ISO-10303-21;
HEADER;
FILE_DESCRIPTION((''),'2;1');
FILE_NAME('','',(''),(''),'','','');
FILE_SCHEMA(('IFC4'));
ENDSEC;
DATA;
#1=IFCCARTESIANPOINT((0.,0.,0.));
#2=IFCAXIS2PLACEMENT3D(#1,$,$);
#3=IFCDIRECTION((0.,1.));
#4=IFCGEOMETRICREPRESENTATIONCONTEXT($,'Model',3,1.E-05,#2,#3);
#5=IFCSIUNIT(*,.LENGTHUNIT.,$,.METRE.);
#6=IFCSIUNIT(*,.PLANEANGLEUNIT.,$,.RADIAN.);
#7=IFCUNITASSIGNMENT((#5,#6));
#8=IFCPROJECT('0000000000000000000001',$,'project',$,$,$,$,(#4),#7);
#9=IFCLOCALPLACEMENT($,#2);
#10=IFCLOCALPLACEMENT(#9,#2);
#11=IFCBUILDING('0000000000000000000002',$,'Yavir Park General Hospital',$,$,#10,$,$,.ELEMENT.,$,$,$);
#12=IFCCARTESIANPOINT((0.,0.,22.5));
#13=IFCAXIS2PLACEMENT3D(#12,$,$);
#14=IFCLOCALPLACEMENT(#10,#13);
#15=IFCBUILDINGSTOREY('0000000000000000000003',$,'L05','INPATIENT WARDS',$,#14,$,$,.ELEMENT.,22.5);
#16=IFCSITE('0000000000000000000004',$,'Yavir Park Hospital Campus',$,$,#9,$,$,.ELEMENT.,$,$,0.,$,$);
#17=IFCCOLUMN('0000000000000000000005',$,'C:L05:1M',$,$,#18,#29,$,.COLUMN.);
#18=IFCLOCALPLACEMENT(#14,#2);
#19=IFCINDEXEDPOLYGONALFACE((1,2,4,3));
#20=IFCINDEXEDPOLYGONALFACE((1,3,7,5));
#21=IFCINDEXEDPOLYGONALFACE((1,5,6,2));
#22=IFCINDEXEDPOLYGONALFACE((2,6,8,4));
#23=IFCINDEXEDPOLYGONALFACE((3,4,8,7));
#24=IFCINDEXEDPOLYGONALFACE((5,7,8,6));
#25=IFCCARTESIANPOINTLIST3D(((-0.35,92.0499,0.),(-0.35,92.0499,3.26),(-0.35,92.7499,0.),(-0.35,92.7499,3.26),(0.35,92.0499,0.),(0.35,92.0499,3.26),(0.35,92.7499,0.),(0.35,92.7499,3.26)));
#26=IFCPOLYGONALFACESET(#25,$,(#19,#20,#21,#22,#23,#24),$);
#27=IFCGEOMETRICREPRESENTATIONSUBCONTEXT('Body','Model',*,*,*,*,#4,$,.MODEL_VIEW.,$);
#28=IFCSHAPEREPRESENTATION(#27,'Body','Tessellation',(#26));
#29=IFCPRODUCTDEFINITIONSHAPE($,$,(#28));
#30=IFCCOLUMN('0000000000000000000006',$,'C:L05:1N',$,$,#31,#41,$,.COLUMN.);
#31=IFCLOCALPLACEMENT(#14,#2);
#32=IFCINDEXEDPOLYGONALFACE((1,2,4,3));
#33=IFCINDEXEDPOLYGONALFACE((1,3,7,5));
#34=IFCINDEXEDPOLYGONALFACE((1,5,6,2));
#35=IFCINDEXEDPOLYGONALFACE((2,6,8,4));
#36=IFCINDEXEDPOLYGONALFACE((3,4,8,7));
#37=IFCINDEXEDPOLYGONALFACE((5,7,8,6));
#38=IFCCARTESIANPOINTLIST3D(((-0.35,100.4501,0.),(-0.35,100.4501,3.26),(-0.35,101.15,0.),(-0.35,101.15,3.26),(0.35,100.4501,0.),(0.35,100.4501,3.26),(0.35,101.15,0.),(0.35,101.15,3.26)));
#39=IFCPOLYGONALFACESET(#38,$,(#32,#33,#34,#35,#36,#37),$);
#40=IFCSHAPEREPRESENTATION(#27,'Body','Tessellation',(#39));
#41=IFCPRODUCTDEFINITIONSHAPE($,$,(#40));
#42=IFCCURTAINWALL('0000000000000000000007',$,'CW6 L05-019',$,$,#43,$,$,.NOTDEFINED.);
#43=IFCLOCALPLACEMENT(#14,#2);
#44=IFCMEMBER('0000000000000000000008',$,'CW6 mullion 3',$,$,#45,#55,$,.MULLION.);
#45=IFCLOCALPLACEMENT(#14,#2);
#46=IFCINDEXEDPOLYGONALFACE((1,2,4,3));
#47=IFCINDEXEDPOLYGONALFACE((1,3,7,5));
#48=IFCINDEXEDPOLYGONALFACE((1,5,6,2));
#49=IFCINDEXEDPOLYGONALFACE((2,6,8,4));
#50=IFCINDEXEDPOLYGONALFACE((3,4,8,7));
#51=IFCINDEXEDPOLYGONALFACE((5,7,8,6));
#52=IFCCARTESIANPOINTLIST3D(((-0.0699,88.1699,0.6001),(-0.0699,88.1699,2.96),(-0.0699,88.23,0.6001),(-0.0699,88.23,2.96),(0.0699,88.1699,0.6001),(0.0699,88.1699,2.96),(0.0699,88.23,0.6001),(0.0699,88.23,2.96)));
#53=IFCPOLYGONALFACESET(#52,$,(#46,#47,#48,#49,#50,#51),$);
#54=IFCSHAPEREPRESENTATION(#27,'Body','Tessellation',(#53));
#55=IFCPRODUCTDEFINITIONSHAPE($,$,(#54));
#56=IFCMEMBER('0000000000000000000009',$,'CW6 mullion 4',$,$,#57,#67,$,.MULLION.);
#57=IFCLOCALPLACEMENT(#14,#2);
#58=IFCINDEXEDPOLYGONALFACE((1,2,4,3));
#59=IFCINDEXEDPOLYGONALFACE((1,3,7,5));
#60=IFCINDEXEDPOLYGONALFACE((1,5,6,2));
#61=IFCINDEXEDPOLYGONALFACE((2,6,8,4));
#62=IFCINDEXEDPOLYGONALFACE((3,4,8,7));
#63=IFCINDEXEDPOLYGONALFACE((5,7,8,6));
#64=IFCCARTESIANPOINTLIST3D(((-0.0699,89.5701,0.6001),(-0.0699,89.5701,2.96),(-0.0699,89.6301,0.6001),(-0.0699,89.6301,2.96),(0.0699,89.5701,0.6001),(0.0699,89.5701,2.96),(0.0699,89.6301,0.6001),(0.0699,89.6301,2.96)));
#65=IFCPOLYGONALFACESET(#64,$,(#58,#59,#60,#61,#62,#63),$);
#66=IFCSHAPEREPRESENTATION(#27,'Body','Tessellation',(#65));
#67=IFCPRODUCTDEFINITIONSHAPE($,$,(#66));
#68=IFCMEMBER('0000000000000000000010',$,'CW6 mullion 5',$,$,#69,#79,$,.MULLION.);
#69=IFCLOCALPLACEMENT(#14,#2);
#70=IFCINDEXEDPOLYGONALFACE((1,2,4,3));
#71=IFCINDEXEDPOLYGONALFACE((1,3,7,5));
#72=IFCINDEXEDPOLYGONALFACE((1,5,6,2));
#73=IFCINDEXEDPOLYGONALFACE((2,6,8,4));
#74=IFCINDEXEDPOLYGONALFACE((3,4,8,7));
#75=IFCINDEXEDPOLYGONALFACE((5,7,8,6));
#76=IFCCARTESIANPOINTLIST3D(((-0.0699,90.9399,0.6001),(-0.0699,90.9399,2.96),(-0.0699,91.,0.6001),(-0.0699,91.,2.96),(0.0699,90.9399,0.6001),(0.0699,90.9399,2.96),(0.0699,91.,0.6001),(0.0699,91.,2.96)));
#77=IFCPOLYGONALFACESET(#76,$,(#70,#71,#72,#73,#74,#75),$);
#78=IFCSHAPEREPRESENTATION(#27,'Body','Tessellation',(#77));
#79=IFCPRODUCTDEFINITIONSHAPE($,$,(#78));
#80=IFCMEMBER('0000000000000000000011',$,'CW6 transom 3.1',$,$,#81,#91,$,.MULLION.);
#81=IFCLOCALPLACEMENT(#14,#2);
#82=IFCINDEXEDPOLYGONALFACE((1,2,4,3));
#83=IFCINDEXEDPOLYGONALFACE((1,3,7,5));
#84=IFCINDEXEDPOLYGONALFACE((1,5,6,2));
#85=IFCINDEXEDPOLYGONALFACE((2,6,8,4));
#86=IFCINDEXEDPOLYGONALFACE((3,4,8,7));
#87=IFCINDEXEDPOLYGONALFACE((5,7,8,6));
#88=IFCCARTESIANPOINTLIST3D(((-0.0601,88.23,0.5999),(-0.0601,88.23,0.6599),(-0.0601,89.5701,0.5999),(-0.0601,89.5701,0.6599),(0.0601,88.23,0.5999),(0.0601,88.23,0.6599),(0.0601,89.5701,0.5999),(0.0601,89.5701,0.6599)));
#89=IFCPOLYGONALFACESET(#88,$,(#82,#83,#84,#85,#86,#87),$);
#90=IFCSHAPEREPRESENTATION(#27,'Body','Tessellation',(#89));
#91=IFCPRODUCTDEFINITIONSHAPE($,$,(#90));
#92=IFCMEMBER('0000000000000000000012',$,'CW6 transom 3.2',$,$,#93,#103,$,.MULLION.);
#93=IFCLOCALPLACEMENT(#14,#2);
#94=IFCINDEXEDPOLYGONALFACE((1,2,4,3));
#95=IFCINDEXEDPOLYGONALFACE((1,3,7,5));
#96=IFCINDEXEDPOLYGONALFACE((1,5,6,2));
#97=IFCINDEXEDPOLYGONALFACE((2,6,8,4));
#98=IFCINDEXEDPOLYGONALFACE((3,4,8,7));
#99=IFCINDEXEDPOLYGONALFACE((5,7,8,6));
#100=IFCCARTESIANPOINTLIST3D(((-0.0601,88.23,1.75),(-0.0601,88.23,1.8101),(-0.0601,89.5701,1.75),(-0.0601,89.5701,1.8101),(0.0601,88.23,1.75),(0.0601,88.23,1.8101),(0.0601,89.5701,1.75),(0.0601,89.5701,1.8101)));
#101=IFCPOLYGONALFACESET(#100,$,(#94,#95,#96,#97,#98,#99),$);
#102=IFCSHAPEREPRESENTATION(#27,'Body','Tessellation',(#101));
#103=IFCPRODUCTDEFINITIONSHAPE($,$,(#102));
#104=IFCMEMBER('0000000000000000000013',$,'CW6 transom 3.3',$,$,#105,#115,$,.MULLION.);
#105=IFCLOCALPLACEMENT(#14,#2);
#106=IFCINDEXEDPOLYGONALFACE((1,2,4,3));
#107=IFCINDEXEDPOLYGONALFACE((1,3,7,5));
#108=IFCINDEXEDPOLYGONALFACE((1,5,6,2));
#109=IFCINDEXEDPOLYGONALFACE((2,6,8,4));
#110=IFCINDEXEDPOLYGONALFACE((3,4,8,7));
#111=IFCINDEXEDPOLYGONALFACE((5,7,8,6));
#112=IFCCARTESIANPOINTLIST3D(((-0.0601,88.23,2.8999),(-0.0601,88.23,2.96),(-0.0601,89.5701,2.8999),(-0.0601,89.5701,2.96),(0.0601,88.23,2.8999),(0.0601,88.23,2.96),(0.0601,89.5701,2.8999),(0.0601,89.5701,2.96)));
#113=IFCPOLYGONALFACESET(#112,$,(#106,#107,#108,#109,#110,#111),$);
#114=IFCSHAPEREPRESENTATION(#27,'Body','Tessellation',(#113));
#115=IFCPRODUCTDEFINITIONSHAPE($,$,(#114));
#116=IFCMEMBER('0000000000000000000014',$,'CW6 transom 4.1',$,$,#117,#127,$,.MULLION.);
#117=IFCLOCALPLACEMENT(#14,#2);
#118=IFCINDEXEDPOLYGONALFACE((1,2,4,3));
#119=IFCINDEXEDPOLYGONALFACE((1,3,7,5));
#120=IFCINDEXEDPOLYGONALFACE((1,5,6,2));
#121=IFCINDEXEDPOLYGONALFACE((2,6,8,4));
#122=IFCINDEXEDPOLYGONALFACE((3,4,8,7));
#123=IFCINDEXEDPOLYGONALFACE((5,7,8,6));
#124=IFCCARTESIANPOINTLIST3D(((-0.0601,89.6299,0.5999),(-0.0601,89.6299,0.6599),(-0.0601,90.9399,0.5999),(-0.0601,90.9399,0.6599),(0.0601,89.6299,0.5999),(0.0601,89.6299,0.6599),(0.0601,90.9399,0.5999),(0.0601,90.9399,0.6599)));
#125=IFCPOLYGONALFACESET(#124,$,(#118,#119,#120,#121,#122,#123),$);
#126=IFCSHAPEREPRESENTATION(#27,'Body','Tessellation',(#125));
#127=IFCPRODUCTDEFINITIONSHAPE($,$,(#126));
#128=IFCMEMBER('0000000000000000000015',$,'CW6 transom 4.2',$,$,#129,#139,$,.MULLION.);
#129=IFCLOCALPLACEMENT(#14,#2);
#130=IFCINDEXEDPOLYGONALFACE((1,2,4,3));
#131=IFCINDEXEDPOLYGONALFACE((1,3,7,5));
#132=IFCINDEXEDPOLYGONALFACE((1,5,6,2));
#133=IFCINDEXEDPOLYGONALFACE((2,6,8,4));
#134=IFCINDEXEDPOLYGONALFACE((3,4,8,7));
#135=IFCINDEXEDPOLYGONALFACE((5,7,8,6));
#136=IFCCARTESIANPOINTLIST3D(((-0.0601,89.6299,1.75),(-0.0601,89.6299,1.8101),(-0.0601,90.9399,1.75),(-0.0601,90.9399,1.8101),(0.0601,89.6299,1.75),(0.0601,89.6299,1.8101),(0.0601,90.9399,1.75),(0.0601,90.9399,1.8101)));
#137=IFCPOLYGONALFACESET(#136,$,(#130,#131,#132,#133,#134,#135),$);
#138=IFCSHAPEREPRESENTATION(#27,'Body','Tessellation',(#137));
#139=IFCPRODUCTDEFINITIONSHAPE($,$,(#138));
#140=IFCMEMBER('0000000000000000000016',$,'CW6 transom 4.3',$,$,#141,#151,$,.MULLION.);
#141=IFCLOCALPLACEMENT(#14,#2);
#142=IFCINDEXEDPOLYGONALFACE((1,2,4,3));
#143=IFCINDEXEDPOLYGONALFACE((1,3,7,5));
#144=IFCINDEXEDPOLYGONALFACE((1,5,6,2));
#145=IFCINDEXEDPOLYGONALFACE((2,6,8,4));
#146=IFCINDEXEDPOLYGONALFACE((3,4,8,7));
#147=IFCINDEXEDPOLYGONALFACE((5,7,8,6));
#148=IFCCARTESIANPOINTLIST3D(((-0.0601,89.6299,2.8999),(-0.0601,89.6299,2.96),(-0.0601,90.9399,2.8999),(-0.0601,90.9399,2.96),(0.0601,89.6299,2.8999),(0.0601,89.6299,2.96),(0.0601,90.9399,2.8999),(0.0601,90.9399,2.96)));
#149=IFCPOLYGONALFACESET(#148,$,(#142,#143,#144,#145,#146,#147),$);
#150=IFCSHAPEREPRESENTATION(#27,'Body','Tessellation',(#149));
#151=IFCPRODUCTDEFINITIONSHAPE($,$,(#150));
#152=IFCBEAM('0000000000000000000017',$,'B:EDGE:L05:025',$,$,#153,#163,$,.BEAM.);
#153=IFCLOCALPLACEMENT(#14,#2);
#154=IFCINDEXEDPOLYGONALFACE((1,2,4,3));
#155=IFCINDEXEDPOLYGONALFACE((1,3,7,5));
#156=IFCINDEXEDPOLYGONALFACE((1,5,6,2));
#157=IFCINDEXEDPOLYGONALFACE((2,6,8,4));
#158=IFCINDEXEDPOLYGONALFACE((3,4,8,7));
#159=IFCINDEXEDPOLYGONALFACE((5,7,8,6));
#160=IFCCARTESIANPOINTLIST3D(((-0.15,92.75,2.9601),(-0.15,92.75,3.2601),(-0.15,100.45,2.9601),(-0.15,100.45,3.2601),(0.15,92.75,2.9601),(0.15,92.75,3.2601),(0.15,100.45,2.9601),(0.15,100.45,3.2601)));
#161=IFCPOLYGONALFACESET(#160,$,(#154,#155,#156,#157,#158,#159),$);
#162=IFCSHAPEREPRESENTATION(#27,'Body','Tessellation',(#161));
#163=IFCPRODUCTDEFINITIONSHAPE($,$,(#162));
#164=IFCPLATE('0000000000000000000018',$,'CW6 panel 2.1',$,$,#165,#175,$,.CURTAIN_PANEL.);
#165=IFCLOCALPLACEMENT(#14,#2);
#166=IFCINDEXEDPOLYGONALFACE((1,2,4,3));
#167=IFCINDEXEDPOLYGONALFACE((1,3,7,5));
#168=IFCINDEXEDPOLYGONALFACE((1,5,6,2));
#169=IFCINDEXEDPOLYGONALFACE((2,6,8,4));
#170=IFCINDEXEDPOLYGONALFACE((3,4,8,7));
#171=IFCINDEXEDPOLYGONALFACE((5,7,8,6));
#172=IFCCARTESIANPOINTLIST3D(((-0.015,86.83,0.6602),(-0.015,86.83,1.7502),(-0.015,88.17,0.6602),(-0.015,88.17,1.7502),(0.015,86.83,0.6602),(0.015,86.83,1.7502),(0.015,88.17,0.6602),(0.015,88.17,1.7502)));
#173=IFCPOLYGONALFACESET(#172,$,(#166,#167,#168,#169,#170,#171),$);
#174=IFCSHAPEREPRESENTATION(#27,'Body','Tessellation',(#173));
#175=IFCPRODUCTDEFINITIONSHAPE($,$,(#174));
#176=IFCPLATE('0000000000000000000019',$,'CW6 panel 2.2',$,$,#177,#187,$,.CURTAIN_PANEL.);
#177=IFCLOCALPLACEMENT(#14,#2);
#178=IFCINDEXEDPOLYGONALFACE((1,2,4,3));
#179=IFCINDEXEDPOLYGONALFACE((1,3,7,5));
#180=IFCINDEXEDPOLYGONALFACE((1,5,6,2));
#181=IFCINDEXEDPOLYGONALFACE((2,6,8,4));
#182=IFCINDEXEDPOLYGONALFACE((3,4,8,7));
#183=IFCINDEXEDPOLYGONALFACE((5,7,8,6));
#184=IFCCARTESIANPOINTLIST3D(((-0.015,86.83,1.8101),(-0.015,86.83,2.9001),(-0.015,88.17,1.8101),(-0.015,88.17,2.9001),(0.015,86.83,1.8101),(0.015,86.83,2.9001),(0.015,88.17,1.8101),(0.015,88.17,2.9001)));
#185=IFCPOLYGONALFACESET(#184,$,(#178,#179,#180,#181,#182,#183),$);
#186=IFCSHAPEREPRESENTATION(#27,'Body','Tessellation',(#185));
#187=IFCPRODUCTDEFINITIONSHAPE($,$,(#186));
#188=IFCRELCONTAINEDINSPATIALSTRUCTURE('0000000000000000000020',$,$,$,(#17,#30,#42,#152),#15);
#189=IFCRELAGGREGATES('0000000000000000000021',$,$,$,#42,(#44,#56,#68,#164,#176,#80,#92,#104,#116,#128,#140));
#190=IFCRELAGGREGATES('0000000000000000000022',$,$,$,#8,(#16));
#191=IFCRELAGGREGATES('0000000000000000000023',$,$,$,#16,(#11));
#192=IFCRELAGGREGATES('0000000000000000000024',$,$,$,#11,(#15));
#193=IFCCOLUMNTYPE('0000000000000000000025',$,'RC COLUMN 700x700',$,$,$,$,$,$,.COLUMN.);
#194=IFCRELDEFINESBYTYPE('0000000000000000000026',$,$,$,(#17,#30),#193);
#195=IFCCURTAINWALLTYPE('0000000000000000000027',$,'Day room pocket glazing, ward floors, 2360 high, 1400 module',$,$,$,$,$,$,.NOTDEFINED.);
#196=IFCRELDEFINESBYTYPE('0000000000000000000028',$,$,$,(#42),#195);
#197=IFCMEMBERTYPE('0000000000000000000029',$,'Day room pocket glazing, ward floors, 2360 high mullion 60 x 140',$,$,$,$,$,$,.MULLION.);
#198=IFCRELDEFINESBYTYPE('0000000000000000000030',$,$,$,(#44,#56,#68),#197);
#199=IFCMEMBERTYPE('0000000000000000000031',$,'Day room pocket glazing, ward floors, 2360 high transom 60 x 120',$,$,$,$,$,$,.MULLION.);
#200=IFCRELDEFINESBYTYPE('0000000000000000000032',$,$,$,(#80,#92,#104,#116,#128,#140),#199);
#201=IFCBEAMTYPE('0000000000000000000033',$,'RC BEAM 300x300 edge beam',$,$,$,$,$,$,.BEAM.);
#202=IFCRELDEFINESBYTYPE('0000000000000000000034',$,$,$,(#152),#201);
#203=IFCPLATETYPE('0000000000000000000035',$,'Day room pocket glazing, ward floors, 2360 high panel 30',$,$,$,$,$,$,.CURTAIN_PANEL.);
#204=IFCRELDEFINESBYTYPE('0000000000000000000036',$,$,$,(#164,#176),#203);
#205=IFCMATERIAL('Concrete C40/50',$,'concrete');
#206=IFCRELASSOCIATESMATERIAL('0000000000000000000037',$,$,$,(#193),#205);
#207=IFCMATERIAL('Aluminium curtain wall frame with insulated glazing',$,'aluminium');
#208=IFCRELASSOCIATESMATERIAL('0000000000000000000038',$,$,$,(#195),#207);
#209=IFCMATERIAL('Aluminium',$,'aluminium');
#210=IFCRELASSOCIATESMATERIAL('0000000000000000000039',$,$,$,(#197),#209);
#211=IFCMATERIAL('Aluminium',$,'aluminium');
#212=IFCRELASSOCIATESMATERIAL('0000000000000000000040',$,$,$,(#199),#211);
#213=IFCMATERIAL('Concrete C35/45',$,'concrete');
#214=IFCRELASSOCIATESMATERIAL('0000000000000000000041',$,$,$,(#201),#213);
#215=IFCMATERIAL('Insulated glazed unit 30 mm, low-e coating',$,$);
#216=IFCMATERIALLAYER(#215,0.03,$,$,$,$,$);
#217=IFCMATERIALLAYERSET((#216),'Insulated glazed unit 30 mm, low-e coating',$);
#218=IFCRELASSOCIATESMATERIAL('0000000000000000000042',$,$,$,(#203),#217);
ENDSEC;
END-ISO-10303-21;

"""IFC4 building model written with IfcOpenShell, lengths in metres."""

from ifc_helpers import new_model, si_unit, direction, frame, origin, origin_2d, place, context, subcontext, project, spatial, rectangle, extrude, material, layer, layer_set, material_profile, profile_set, type_object, element, aggregate, save


model = new_model("IFC4")

# Units and contexts
model_context = context("Model", 3, precision=1e-05, world=origin(), true_north=direction((0.0, 1.0)))
body_context = subcontext(model_context, "Body", "Model", "MODEL_VIEW")
ifc_project = project(units=[si_unit("LENGTHUNIT", "METRE"), si_unit("PLANEANGLEUNIT", "RADIAN")], contexts=[model_context])

# Site, building, storey
site_placement = place(None, origin())
site = spatial("IfcSite", under=ifc_project, at=site_placement, Name="Yavir Park Hospital Campus", CompositionType="ELEMENT", RefElevation=0.0)
building_placement = place(site_placement, origin())
building = spatial("IfcBuilding", under=site, at=building_placement, Name="Yavir Park General Hospital", CompositionType="ELEMENT")
storey_placement = place(building_placement, frame((0.0, 0.0, 22.5)))
storey = spatial("IfcBuildingStorey", under=building, at=storey_placement, Name="L05", Description="INPATIENT WARDS", CompositionType="ELEMENT", Elevation=22.5)

# Columns
ifc_material_1 = material(Name="Concrete C40/50", Category="concrete")
ifc_material_profile_1 = material_profile(ifc_material_1, rectangle(XDim=0.7, YDim=0.7, at=origin_2d()), Name="RC700x700")
ifc_profile_set_1 = profile_set([ifc_material_profile_1], Name="Concrete C40/50")
column_type = type_object("IfcColumnType", Name="RC COLUMN 700x700", PredefinedType="COLUMN", material=ifc_profile_set_1)
for number, where, z_axis, x_axis, name in (
    (1, (0.0, 92.3999, 0.0), (0.0, 0.0, 1.0), (1.0, 0.0, 0.0), "C:L05:1M"),
    (2, (0.0, 100.8, 0.0), (0.0, 0.0, 1.0), (1.0, 0.0, 0.0), "C:L05:1N"),
):
    element("IfcColumn", number, at=place(storey_placement, frame(where, z_axis=z_axis, x_axis=x_axis)), inside=storey, type_object=column_type, Name=name, PredefinedType="COLUMN", context=body_context, shape_type="SweptSolid", body=[
        extrude(rectangle(XDim=0.7, YDim=0.7, at=origin_2d()), origin(), (0.0, 0.0, 1.0), 3.26),
    ])

# Curtain wall, members
ifc_material_2 = material(Name="Aluminium curtain wall frame with insulated glazing", Category="aluminium")
curtain_wall_type = type_object("IfcCurtainWallType", Name="Day room pocket glazing, ward floors, 2360 high, 1400 module", PredefinedType="NOTDEFINED", material=ifc_material_2)
curtain_wall_placement = place(storey_placement, origin())
curtain_wall = element("IfcCurtainWall", 3, at=curtain_wall_placement, inside=storey, type_object=curtain_wall_type, Name="CW6 L05-019", PredefinedType="NOTDEFINED")
ifc_material_3 = material(Name="Aluminium", Category="aluminium")
ifc_material_profile_2 = material_profile(ifc_material_3, rectangle(XDim=0.1399, YDim=0.0601, at=origin_2d()), Name="AL 60x140")
ifc_profile_set_2 = profile_set([ifc_material_profile_2], Name="Aluminium")
member_type_1 = type_object("IfcMemberType", Name="Day room pocket glazing, ward floors, 2360 high mullion 60 x 140", PredefinedType="MULLION", material=ifc_profile_set_2)
member_1_placement = place(storey_placement, frame((0.0, 88.2, 0.6001), z_axis=(0.0, 0.0, 1.0), x_axis=(-1.0, 0.0, 0.0)))
member_1 = element("IfcMember", 4, at=member_1_placement, type_object=member_type_1, Name="CW6 mullion 3", PredefinedType="MULLION", context=body_context, shape_type="SweptSolid", body=[
    extrude(rectangle(XDim=0.1399, YDim=0.0601, at=origin_2d()), origin(), (0.0, 0.0, 1.0), 2.3599),
])
member_2_placement = place(storey_placement, frame((0.0, 89.6001, 0.6001), z_axis=(0.0, 0.0, 1.0), x_axis=(-1.0, 0.0, 0.0)))
member_2 = element("IfcMember", 5, at=member_2_placement, type_object=member_type_1, Name="CW6 mullion 4", PredefinedType="MULLION", context=body_context, shape_type="SweptSolid", body=[
    extrude(rectangle(XDim=0.1399, YDim=0.0601, at=origin_2d()), origin(), (0.0, 0.0, 1.0), 2.3599),
])
member_3_placement = place(storey_placement, frame((0.0, 90.97, 0.6001), z_axis=(0.0, 0.0, 1.0), x_axis=(-1.0, 0.0, 0.0)))
member_3 = element("IfcMember", 6, at=member_3_placement, type_object=member_type_1, Name="CW6 mullion 5", PredefinedType="MULLION", context=body_context, shape_type="SweptSolid", body=[
    extrude(rectangle(XDim=0.1399, YDim=0.0601, at=origin_2d()), origin(), (0.0, 0.0, 1.0), 2.3599),
])
ifc_material_4 = material(Name="Aluminium", Category="aluminium")
ifc_material_profile_3 = material_profile(ifc_material_4, rectangle(XDim=0.1201, YDim=0.0601, at=origin_2d()), Name="AL 120x60")
ifc_profile_set_3 = profile_set([ifc_material_profile_3], Name="Aluminium")
member_type_2 = type_object("IfcMemberType", Name="Day room pocket glazing, ward floors, 2360 high transom 60 x 120", PredefinedType="MULLION", material=ifc_profile_set_3)
member_4_placement = place(storey_placement, frame((0.0, 88.23, 0.6299), z_axis=(0.0, 1.0, 0.0), x_axis=(-1.0, 0.0, 0.0)))
member_4 = element("IfcMember", 7, at=member_4_placement, type_object=member_type_2, Name="CW6 transom 3.1", PredefinedType="MULLION", context=body_context, shape_type="SweptSolid", body=[
    extrude(rectangle(XDim=0.1201, YDim=0.0601, at=origin_2d()), origin(), (0.0, 0.0, 1.0), 1.3401),
])
member_5_placement = place(storey_placement, frame((0.0, 88.23, 1.78), z_axis=(0.0, 1.0, 0.0), x_axis=(-1.0, 0.0, 0.0)))
member_5 = element("IfcMember", 8, at=member_5_placement, type_object=member_type_2, Name="CW6 transom 3.2", PredefinedType="MULLION", context=body_context, shape_type="SweptSolid", body=[
    extrude(rectangle(XDim=0.1201, YDim=0.0601, at=origin_2d()), origin(), (0.0, 0.0, 1.0), 1.3401),
])
member_6_placement = place(storey_placement, frame((0.0, 88.23, 2.9299), z_axis=(0.0, 1.0, 0.0), x_axis=(-1.0, 0.0, 0.0)))
member_6 = element("IfcMember", 9, at=member_6_placement, type_object=member_type_2, Name="CW6 transom 3.3", PredefinedType="MULLION", context=body_context, shape_type="SweptSolid", body=[
    extrude(rectangle(XDim=0.1201, YDim=0.0601, at=origin_2d()), origin(), (0.0, 0.0, 1.0), 1.3401),
])
member_7_placement = place(storey_placement, frame((0.0, 89.6299, 0.6299), z_axis=(0.0, 1.0, 0.0), x_axis=(-1.0, 0.0, 0.0)))
member_7 = element("IfcMember", 10, at=member_7_placement, type_object=member_type_2, Name="CW6 transom 4.1", PredefinedType="MULLION", context=body_context, shape_type="SweptSolid", body=[
    extrude(rectangle(XDim=0.1201, YDim=0.0601, at=origin_2d()), origin(), (0.0, 0.0, 1.0), 1.3101),
])
member_8_placement = place(storey_placement, frame((0.0, 89.6299, 1.78), z_axis=(0.0, 1.0, 0.0), x_axis=(-1.0, 0.0, 0.0)))
member_8 = element("IfcMember", 11, at=member_8_placement, type_object=member_type_2, Name="CW6 transom 4.2", PredefinedType="MULLION", context=body_context, shape_type="SweptSolid", body=[
    extrude(rectangle(XDim=0.1201, YDim=0.0601, at=origin_2d()), origin(), (0.0, 0.0, 1.0), 1.3101),
])
member_9_placement = place(storey_placement, frame((0.0, 89.6299, 2.9299), z_axis=(0.0, 1.0, 0.0), x_axis=(-1.0, 0.0, 0.0)))
member_9 = element("IfcMember", 12, at=member_9_placement, type_object=member_type_2, Name="CW6 transom 4.3", PredefinedType="MULLION", context=body_context, shape_type="SweptSolid", body=[
    extrude(rectangle(XDim=0.1201, YDim=0.0601, at=origin_2d()), origin(), (0.0, 0.0, 1.0), 1.3101),
])

# Beam
ifc_material_5 = material(Name="Concrete C35/45", Category="concrete")
ifc_material_profile_4 = material_profile(ifc_material_5, rectangle(XDim=0.3, YDim=0.3, at=origin_2d()), Name="RC300x300")
ifc_profile_set_4 = profile_set([ifc_material_profile_4], Name="Concrete C35/45")
beam_type = type_object("IfcBeamType", Name="RC BEAM 300x300 edge beam", PredefinedType="BEAM", material=ifc_profile_set_4)
beam_placement = place(storey_placement, frame((0.0, 92.75, 3.1101), z_axis=(0.0, 1.0, 0.0), x_axis=(-1.0, 0.0, 0.0)))
element("IfcBeam", 13, at=beam_placement, inside=storey, type_object=beam_type, Name="B:EDGE:L05:025", PredefinedType="BEAM", context=body_context, shape_type="SweptSolid", body=[
    extrude(rectangle(XDim=0.3, YDim=0.3, at=origin_2d()), origin(), (0.0, 0.0, 1.0), 7.7),
])

# Plates
ifc_material_6 = material(Name="Insulated glazed unit 30 mm, low-e coating")
ifc_layer_1 = layer(ifc_material_6, 0.03)
ifc_layer_set_1 = layer_set([ifc_layer_1], Name="Insulated glazed unit 30 mm, low-e coating")
plate_type = type_object("IfcPlateType", Name="Day room pocket glazing, ward floors, 2360 high panel 30", PredefinedType="CURTAIN_PANEL", material=ifc_layer_set_1)
plate_1_placement = place(storey_placement, frame((0.0, 87.5, 0.6602), z_axis=(0.0, 0.0, 1.0), x_axis=(0.0, 1.0, 0.0)))
plate_1 = element("IfcPlate", 14, at=plate_1_placement, type_object=plate_type, Name="CW6 panel 2.1", PredefinedType="CURTAIN_PANEL", context=body_context, shape_type="SweptSolid", body=[
    extrude(rectangle(XDim=1.3401, YDim=0.03, at=origin_2d()), origin(), (0.0, 0.0, 1.0), 1.0901),
])
plate_2_placement = place(storey_placement, frame((0.0, 87.5, 1.8101), z_axis=(0.0, 0.0, 1.0), x_axis=(0.0, 1.0, 0.0)))
plate_2 = element("IfcPlate", 15, at=plate_2_placement, type_object=plate_type, Name="CW6 panel 2.2", PredefinedType="CURTAIN_PANEL", context=body_context, shape_type="SweptSolid", body=[
    extrude(rectangle(XDim=1.3401, YDim=0.03, at=origin_2d()), origin(), (0.0, 0.0, 1.0), 1.0901),
])
aggregate(curtain_wall, [member_1, member_2, member_3, plate_1, plate_2, member_4, member_5, member_6, member_7, member_8, member_9])

save(model, "model.ifc")
